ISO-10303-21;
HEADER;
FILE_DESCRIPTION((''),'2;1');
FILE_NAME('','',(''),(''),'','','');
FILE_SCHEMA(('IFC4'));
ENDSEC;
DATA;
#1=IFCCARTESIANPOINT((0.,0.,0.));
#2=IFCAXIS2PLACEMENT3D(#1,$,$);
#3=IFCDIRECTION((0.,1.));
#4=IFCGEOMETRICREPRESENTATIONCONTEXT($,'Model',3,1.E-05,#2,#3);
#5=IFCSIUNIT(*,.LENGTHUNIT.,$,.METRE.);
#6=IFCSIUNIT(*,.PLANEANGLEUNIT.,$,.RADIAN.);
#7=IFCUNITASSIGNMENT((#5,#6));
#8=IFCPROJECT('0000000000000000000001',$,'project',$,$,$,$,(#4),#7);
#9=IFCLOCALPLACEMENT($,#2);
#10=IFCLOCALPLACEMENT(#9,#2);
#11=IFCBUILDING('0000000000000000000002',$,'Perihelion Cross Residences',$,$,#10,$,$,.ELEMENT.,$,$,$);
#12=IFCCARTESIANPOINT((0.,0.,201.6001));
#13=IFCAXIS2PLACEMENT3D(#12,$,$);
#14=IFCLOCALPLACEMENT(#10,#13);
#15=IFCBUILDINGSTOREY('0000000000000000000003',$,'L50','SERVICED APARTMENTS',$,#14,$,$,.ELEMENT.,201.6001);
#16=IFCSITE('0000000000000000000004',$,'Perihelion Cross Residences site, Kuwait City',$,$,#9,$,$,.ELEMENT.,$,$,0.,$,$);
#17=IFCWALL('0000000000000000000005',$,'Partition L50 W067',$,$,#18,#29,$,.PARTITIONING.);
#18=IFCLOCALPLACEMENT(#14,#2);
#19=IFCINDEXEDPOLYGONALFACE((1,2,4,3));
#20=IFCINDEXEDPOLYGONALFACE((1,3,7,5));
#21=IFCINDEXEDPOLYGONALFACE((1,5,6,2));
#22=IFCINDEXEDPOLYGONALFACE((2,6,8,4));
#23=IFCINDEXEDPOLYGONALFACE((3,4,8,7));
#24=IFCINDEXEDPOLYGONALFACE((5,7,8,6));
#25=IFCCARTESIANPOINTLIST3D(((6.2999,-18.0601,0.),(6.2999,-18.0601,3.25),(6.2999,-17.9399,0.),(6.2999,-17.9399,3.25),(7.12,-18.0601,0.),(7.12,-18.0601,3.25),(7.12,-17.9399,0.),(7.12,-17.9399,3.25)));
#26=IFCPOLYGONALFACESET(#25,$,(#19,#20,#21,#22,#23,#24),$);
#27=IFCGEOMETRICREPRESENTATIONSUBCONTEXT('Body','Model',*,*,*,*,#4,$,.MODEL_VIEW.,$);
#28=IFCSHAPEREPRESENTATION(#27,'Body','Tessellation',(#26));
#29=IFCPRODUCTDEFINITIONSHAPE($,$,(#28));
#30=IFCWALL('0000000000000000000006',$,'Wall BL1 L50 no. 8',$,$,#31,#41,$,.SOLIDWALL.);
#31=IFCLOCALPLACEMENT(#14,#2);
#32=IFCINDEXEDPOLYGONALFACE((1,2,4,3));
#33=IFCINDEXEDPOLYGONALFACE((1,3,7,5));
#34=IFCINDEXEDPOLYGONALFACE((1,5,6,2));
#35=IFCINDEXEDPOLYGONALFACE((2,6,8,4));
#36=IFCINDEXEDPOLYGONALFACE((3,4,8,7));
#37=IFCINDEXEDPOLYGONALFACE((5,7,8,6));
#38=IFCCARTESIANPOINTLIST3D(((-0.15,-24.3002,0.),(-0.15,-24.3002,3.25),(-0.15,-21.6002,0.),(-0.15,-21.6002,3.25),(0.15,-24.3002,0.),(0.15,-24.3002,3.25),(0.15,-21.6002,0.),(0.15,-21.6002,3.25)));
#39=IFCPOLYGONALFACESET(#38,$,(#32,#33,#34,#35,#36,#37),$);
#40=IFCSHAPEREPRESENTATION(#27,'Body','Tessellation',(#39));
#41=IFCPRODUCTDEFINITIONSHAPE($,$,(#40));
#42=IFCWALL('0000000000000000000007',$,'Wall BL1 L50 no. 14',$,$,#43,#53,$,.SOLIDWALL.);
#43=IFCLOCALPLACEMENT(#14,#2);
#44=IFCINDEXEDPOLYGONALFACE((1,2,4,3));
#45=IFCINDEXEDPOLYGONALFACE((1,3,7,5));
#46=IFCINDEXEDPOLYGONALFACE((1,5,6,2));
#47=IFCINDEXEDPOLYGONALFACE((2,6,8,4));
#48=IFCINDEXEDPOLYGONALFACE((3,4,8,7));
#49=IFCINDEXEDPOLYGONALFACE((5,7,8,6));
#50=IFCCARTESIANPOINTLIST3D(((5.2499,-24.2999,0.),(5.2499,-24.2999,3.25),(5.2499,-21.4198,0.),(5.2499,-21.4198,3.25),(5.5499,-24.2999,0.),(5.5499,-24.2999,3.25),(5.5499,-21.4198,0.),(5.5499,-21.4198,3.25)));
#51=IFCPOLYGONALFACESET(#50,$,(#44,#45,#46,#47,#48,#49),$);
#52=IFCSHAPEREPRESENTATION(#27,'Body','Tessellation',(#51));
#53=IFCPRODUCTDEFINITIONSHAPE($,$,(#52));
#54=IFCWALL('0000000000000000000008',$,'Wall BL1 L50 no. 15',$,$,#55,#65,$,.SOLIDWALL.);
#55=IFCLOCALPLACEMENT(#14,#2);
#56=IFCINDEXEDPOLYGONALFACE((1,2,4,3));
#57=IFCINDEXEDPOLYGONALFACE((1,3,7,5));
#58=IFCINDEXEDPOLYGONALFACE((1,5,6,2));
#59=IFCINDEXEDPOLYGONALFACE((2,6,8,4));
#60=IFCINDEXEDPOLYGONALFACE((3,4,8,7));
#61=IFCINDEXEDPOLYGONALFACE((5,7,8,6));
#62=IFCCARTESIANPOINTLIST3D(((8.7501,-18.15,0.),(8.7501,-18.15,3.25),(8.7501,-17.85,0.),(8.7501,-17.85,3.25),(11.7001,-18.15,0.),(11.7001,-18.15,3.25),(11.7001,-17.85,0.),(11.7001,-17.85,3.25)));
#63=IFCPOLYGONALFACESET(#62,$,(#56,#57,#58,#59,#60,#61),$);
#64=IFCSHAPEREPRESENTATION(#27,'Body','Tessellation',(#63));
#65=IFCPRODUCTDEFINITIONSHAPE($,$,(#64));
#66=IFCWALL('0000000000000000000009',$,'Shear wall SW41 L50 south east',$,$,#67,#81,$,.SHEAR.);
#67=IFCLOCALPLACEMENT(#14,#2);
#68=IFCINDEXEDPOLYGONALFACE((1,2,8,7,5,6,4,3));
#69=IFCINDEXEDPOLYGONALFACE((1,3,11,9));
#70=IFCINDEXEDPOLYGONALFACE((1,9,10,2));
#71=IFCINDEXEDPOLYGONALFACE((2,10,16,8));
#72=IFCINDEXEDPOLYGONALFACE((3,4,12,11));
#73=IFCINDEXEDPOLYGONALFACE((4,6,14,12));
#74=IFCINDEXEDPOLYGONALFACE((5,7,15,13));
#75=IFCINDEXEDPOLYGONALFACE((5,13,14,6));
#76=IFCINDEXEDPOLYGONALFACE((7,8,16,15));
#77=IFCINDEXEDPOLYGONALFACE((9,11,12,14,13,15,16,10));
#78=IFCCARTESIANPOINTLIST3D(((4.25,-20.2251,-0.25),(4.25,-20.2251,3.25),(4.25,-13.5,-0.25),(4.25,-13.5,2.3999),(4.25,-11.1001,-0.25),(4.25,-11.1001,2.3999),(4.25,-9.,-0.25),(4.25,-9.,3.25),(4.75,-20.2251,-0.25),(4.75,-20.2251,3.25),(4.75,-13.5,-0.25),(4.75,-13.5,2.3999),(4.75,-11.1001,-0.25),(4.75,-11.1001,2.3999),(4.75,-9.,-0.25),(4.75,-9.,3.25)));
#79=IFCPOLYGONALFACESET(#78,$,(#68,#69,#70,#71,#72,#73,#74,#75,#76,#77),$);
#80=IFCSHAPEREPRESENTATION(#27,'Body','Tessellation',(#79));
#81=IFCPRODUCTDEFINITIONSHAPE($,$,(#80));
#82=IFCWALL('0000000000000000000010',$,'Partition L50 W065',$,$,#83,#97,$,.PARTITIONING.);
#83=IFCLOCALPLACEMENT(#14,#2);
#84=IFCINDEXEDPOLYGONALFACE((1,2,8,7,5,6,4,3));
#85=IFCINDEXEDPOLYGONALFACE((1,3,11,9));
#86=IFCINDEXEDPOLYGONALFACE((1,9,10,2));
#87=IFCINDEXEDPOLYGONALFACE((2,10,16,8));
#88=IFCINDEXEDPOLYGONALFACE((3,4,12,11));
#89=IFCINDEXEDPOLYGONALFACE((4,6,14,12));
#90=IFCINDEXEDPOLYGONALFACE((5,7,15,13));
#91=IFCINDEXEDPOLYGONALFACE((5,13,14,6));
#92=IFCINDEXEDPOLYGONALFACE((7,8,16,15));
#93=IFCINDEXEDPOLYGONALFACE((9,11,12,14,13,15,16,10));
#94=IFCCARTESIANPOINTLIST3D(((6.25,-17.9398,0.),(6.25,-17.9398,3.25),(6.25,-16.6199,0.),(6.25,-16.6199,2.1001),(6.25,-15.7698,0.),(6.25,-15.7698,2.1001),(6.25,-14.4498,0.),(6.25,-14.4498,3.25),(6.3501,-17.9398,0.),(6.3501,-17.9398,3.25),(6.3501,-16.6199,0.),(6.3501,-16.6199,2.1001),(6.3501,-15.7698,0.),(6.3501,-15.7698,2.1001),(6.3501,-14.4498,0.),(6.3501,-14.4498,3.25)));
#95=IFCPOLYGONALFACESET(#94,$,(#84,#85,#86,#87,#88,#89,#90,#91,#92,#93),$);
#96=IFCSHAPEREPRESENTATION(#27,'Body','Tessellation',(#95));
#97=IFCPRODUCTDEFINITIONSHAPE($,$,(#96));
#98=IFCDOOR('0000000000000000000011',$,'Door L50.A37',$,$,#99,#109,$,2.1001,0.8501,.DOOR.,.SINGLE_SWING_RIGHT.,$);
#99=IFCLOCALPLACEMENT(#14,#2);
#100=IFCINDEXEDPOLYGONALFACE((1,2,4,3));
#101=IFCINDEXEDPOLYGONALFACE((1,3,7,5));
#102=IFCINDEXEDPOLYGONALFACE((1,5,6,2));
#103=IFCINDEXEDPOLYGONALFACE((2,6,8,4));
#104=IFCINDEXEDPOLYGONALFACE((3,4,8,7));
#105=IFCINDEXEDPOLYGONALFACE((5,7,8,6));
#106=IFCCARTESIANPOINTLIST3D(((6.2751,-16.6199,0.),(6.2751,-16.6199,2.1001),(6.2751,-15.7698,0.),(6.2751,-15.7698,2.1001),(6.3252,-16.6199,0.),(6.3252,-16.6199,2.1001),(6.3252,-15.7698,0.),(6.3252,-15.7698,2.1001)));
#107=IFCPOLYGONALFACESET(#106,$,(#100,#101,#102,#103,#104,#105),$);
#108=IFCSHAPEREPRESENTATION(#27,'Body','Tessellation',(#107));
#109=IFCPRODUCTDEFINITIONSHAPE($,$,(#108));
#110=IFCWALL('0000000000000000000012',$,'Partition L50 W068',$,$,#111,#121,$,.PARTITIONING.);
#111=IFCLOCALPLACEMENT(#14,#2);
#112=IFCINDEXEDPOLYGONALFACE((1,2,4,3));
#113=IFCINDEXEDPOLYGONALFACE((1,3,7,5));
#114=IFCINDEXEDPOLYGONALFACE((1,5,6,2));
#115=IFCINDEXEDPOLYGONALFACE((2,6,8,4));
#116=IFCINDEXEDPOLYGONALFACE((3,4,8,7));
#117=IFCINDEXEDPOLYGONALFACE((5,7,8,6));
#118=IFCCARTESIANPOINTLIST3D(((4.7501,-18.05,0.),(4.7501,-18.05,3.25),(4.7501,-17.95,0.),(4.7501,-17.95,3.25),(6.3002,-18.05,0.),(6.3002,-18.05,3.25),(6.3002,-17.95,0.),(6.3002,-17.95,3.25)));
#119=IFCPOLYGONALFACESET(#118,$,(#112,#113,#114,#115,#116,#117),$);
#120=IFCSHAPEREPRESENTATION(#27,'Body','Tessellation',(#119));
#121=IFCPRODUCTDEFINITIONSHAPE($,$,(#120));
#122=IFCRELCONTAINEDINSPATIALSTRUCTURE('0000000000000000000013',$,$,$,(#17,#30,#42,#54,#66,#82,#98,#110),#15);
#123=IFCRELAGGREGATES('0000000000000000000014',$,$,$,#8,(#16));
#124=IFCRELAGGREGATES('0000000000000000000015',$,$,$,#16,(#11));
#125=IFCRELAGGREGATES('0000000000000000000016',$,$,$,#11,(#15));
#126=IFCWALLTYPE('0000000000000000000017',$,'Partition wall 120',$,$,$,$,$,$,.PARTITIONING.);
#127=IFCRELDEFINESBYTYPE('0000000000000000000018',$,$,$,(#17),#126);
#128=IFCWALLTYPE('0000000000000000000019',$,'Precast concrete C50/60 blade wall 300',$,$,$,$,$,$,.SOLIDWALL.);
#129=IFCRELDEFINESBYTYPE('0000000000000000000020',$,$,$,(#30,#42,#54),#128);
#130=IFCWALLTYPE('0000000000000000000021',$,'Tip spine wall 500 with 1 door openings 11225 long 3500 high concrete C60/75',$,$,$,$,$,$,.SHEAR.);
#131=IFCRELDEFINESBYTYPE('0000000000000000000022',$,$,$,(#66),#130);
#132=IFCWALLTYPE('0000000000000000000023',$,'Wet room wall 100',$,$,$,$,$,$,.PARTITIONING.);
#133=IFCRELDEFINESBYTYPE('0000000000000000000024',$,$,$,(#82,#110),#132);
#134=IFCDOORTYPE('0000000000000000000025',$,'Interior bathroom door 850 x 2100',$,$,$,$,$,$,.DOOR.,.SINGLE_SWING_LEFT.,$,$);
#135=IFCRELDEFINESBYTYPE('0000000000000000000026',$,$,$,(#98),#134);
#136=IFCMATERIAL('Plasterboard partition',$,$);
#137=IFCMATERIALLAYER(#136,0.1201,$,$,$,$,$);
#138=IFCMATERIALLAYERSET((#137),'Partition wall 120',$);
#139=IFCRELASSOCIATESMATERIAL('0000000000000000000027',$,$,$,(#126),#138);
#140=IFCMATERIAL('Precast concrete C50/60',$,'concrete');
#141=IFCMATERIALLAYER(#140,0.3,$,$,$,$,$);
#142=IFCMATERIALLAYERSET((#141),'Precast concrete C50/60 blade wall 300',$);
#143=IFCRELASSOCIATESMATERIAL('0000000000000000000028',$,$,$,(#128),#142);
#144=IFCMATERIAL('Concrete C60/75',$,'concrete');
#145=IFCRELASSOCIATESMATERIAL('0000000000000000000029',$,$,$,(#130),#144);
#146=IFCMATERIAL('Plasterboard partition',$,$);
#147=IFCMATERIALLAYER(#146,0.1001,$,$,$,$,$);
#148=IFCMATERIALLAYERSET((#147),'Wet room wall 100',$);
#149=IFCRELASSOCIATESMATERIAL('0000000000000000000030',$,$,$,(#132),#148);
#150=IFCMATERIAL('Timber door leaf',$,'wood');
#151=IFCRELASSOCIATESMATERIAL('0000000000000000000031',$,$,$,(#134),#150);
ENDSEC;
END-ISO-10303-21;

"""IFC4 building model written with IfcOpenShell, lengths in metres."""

from ifc_helpers import new_model, si_unit, direction, frame, frame_2d, origin, place, context, subcontext, project, spatial, polyline, rectangle, outline, extrude, material, layer, layer_set, material_profile, profile_set, type_object, element, fill, save


model = new_model("IFC4")

# Units and contexts
model_context = context("Model", 3, precision=1e-05, world=origin(), true_north=direction((0.0, 1.0)))
body_context = subcontext(model_context, "Body", "Model", "MODEL_VIEW")
ifc_project = project(units=[si_unit("LENGTHUNIT", "METRE"), si_unit("PLANEANGLEUNIT", "RADIAN")], contexts=[model_context])

# Site, building, storey
site_placement = place(None, origin())
site = spatial("IfcSite", under=ifc_project, at=site_placement, Name="Perihelion Cross Residences site, Kuwait City", CompositionType="ELEMENT", RefElevation=0.0)
building_placement = place(site_placement, origin())
building = spatial("IfcBuilding", under=site, at=building_placement, Name="Perihelion Cross Residences", CompositionType="ELEMENT")
storey_placement = place(building_placement, frame((0.0, 0.0, 201.6001)))
storey = spatial("IfcBuildingStorey", under=building, at=storey_placement, Name="L50", Description="SERVICED APARTMENTS", CompositionType="ELEMENT", Elevation=201.6001)

# Shared definitions
ifc_material_1 = material(Name="Plasterboard partition")
ifc_layer_1 = layer(ifc_material_1, 0.1201)
ifc_layer_set_1 = layer_set([ifc_layer_1], Name="Partition wall 120")
wall_type_1 = type_object("IfcWallType", Name="Partition wall 120", PredefinedType="PARTITIONING", material=ifc_layer_set_1)

# Walls
wall_1_placement = place(storey_placement, frame((7.1201, -18.0, 0.0), z_axis=(0.0, 0.0, 1.0), x_axis=(-1.0, 0.0, 0.0)))
element("IfcWall", 1, at=wall_1_placement, inside=storey, type_object=wall_type_1, Name="Partition L50 W067", PredefinedType="PARTITIONING", context=body_context, shape_type="SweptSolid", body=[
    extrude(rectangle(XDim=0.8201, YDim=0.1201, at=frame_2d((0.4102, 0.0))), origin(), (0.0, 0.0, 1.0), 3.25),
])
ifc_material_2 = material(Name="Precast concrete C50/60", Category="concrete")
ifc_layer_2 = layer(ifc_material_2, 0.3)
ifc_layer_set_2 = layer_set([ifc_layer_2], Name="Precast concrete C50/60 blade wall 300")
wall_type_2 = type_object("IfcWallType", Name="Precast concrete C50/60 blade wall 300", PredefinedType="SOLIDWALL", material=ifc_layer_set_2)
wall_2_placement = place(storey_placement, frame((0.0, -21.6001, 0.0), z_axis=(0.0, 0.0, 1.0), x_axis=(0.0, -1.0, 0.0)))
element("IfcWall", 2, at=wall_2_placement, inside=storey, type_object=wall_type_2, Name="Wall BL1 L50 no. 8", PredefinedType="SOLIDWALL", context=body_context, shape_type="SweptSolid", body=[
    extrude(rectangle(XDim=2.7, YDim=0.3, at=frame_2d((1.3501, 0.0))), origin(), (0.0, 0.0, 1.0), 3.25),
])
wall_3_placement = place(storey_placement, frame((5.3999, -21.4199, 0.0), z_axis=(0.0, 0.0, 1.0), x_axis=(0.0, -1.0, 0.0)))
element("IfcWall", 3, at=wall_3_placement, inside=storey, type_object=wall_type_2, Name="Wall BL1 L50 no. 14", PredefinedType="SOLIDWALL", context=body_context, shape_type="SweptSolid", body=[
    extrude(rectangle(XDim=2.8801, YDim=0.3, at=frame_2d((1.4399, 0.0))), origin(), (0.0, 0.0, 1.0), 3.25),
])
wall_4_placement = place(storey_placement, frame((8.75, -18.0, 0.0), z_axis=(0.0, 0.0, 1.0), x_axis=(1.0, 0.0, 0.0)))
element("IfcWall", 4, at=wall_4_placement, inside=storey, type_object=wall_type_2, Name="Wall BL1 L50 no. 15", PredefinedType="SOLIDWALL", context=body_context, shape_type="SweptSolid", body=[
    extrude(rectangle(XDim=2.95, YDim=0.3, at=frame_2d((1.4751, 0.0))), origin(), (0.0, 0.0, 1.0), 3.25),
])
ifc_material_3 = material(Name="Concrete C60/75", Category="concrete")
ifc_material_profile_1 = material_profile(ifc_material_3, outline(polyline([(0.0, 0.0), (6.7251, 0.0), (6.7251, 2.6499), (9.125, 2.6499), (9.125, 0.0), (11.2251, 0.0), (11.2251, 3.5), (0.0, 3.5), (0.0, 0.0)])), Name="Tip spine wall")
ifc_profile_set_1 = profile_set([ifc_material_profile_1], Name="Concrete C60/75")
wall_type_3 = type_object("IfcWallType", Name="Tip spine wall 500 with 1 door openings 11225 long 3500 high concrete C60/75", PredefinedType="SHEAR", material=ifc_profile_set_1)
wall_5_placement = place(storey_placement, frame((4.25, -20.2251, -0.25), z_axis=(1.0, 0.0, 0.0), x_axis=(0.0, 1.0, 0.0)))
element("IfcWall", 5, at=wall_5_placement, inside=storey, type_object=wall_type_3, Name="Shear wall SW41 L50 south east", PredefinedType="SHEAR", context=body_context, shape_type="SweptSolid", body=[
    extrude(outline(polyline([(0.0, 0.0), (6.7251, 0.0), (6.7251, 2.6499), (9.125, 2.6499), (9.125, 0.0), (11.2251, 0.0), (11.2251, 3.5), (0.0, 3.5), (0.0, 0.0)])), origin(), (0.0, 0.0, 1.0), 0.5),
])

# Wall, opening, door
ifc_material_4 = material(Name="Plasterboard partition")
ifc_layer_3 = layer(ifc_material_4, 0.1001)
ifc_layer_set_3 = layer_set([ifc_layer_3], Name="Wet room wall 100")
wall_type_4 = type_object("IfcWallType", Name="Wet room wall 100", PredefinedType="PARTITIONING", material=ifc_layer_set_3)
wall_6_placement = place(storey_placement, frame((6.3, -17.9399, 0.0), z_axis=(0.0, 0.0, 1.0), x_axis=(0.0, 1.0, 0.0)))
wall_6 = element("IfcWall", 6, at=wall_6_placement, inside=storey, type_object=wall_type_4, Name="Partition L50 W065", PredefinedType="PARTITIONING", context=body_context, shape_type="SweptSolid", body=[
    extrude(rectangle(XDim=3.49, YDim=0.1001, at=frame_2d((1.7451, 0.0))), origin(), (0.0, 0.0, 1.0), 3.25),
])
opening_1_placement = place(wall_6_placement, frame((1.3201, 0.0, 0.0)))
opening_1 = element("IfcOpeningElement", 7, at=opening_1_placement, cuts=wall_6, PredefinedType="OPENING", context=body_context, shape_type="SweptSolid", body=[
    extrude(rectangle(XDim=0.8501, YDim=2.1001, at=frame_2d((0.425, 1.05))), frame((0.0, 0.0601, 0.0), z_axis=(0.0, -1.0, 0.0), x_axis=(1.0, 0.0, 0.0)), (0.0, 0.0, 1.0), 0.1201),
])
ifc_material_5 = material(Name="Timber door leaf", Category="wood")
door_type_1 = type_object("IfcDoorType", Name="Interior bathroom door 850 x 2100", OperationType="SINGLE_SWING_LEFT", PredefinedType="DOOR", material=ifc_material_5)
door_1_placement = place(opening_1_placement, origin())
door_1 = element("IfcDoor", 8, at=door_1_placement, inside=storey, type_object=door_type_1, Name="Door L50.A37", OperationType="SINGLE_SWING_RIGHT", OverallHeight=2.1001, OverallWidth=0.8501, PredefinedType="DOOR", context=body_context, shape_type="SweptSolid", body=[
    extrude(rectangle(XDim=0.8501, YDim=2.1001, at=frame_2d((0.425, 1.05))), frame((0.0, 0.0249, 0.0), z_axis=(0.0, -1.0, 0.0), x_axis=(1.0, 0.0, 0.0)), (0.0, 0.0, 1.0), 0.05),
])
fill(opening_1, door_1)

# Wall
wall_7_placement = place(storey_placement, frame((6.3, -18.0, 0.0), z_axis=(0.0, 0.0, 1.0), x_axis=(-1.0, 0.0, 0.0)))
element("IfcWall", 9, at=wall_7_placement, inside=storey, type_object=wall_type_4, Name="Partition L50 W068", PredefinedType="PARTITIONING", context=body_context, shape_type="SweptSolid", body=[
    extrude(rectangle(XDim=1.55, YDim=0.1001, at=frame_2d((0.7749, 0.0))), origin(), (0.0, 0.0, 1.0), 3.25),
])

save(model, "model.ifc")
